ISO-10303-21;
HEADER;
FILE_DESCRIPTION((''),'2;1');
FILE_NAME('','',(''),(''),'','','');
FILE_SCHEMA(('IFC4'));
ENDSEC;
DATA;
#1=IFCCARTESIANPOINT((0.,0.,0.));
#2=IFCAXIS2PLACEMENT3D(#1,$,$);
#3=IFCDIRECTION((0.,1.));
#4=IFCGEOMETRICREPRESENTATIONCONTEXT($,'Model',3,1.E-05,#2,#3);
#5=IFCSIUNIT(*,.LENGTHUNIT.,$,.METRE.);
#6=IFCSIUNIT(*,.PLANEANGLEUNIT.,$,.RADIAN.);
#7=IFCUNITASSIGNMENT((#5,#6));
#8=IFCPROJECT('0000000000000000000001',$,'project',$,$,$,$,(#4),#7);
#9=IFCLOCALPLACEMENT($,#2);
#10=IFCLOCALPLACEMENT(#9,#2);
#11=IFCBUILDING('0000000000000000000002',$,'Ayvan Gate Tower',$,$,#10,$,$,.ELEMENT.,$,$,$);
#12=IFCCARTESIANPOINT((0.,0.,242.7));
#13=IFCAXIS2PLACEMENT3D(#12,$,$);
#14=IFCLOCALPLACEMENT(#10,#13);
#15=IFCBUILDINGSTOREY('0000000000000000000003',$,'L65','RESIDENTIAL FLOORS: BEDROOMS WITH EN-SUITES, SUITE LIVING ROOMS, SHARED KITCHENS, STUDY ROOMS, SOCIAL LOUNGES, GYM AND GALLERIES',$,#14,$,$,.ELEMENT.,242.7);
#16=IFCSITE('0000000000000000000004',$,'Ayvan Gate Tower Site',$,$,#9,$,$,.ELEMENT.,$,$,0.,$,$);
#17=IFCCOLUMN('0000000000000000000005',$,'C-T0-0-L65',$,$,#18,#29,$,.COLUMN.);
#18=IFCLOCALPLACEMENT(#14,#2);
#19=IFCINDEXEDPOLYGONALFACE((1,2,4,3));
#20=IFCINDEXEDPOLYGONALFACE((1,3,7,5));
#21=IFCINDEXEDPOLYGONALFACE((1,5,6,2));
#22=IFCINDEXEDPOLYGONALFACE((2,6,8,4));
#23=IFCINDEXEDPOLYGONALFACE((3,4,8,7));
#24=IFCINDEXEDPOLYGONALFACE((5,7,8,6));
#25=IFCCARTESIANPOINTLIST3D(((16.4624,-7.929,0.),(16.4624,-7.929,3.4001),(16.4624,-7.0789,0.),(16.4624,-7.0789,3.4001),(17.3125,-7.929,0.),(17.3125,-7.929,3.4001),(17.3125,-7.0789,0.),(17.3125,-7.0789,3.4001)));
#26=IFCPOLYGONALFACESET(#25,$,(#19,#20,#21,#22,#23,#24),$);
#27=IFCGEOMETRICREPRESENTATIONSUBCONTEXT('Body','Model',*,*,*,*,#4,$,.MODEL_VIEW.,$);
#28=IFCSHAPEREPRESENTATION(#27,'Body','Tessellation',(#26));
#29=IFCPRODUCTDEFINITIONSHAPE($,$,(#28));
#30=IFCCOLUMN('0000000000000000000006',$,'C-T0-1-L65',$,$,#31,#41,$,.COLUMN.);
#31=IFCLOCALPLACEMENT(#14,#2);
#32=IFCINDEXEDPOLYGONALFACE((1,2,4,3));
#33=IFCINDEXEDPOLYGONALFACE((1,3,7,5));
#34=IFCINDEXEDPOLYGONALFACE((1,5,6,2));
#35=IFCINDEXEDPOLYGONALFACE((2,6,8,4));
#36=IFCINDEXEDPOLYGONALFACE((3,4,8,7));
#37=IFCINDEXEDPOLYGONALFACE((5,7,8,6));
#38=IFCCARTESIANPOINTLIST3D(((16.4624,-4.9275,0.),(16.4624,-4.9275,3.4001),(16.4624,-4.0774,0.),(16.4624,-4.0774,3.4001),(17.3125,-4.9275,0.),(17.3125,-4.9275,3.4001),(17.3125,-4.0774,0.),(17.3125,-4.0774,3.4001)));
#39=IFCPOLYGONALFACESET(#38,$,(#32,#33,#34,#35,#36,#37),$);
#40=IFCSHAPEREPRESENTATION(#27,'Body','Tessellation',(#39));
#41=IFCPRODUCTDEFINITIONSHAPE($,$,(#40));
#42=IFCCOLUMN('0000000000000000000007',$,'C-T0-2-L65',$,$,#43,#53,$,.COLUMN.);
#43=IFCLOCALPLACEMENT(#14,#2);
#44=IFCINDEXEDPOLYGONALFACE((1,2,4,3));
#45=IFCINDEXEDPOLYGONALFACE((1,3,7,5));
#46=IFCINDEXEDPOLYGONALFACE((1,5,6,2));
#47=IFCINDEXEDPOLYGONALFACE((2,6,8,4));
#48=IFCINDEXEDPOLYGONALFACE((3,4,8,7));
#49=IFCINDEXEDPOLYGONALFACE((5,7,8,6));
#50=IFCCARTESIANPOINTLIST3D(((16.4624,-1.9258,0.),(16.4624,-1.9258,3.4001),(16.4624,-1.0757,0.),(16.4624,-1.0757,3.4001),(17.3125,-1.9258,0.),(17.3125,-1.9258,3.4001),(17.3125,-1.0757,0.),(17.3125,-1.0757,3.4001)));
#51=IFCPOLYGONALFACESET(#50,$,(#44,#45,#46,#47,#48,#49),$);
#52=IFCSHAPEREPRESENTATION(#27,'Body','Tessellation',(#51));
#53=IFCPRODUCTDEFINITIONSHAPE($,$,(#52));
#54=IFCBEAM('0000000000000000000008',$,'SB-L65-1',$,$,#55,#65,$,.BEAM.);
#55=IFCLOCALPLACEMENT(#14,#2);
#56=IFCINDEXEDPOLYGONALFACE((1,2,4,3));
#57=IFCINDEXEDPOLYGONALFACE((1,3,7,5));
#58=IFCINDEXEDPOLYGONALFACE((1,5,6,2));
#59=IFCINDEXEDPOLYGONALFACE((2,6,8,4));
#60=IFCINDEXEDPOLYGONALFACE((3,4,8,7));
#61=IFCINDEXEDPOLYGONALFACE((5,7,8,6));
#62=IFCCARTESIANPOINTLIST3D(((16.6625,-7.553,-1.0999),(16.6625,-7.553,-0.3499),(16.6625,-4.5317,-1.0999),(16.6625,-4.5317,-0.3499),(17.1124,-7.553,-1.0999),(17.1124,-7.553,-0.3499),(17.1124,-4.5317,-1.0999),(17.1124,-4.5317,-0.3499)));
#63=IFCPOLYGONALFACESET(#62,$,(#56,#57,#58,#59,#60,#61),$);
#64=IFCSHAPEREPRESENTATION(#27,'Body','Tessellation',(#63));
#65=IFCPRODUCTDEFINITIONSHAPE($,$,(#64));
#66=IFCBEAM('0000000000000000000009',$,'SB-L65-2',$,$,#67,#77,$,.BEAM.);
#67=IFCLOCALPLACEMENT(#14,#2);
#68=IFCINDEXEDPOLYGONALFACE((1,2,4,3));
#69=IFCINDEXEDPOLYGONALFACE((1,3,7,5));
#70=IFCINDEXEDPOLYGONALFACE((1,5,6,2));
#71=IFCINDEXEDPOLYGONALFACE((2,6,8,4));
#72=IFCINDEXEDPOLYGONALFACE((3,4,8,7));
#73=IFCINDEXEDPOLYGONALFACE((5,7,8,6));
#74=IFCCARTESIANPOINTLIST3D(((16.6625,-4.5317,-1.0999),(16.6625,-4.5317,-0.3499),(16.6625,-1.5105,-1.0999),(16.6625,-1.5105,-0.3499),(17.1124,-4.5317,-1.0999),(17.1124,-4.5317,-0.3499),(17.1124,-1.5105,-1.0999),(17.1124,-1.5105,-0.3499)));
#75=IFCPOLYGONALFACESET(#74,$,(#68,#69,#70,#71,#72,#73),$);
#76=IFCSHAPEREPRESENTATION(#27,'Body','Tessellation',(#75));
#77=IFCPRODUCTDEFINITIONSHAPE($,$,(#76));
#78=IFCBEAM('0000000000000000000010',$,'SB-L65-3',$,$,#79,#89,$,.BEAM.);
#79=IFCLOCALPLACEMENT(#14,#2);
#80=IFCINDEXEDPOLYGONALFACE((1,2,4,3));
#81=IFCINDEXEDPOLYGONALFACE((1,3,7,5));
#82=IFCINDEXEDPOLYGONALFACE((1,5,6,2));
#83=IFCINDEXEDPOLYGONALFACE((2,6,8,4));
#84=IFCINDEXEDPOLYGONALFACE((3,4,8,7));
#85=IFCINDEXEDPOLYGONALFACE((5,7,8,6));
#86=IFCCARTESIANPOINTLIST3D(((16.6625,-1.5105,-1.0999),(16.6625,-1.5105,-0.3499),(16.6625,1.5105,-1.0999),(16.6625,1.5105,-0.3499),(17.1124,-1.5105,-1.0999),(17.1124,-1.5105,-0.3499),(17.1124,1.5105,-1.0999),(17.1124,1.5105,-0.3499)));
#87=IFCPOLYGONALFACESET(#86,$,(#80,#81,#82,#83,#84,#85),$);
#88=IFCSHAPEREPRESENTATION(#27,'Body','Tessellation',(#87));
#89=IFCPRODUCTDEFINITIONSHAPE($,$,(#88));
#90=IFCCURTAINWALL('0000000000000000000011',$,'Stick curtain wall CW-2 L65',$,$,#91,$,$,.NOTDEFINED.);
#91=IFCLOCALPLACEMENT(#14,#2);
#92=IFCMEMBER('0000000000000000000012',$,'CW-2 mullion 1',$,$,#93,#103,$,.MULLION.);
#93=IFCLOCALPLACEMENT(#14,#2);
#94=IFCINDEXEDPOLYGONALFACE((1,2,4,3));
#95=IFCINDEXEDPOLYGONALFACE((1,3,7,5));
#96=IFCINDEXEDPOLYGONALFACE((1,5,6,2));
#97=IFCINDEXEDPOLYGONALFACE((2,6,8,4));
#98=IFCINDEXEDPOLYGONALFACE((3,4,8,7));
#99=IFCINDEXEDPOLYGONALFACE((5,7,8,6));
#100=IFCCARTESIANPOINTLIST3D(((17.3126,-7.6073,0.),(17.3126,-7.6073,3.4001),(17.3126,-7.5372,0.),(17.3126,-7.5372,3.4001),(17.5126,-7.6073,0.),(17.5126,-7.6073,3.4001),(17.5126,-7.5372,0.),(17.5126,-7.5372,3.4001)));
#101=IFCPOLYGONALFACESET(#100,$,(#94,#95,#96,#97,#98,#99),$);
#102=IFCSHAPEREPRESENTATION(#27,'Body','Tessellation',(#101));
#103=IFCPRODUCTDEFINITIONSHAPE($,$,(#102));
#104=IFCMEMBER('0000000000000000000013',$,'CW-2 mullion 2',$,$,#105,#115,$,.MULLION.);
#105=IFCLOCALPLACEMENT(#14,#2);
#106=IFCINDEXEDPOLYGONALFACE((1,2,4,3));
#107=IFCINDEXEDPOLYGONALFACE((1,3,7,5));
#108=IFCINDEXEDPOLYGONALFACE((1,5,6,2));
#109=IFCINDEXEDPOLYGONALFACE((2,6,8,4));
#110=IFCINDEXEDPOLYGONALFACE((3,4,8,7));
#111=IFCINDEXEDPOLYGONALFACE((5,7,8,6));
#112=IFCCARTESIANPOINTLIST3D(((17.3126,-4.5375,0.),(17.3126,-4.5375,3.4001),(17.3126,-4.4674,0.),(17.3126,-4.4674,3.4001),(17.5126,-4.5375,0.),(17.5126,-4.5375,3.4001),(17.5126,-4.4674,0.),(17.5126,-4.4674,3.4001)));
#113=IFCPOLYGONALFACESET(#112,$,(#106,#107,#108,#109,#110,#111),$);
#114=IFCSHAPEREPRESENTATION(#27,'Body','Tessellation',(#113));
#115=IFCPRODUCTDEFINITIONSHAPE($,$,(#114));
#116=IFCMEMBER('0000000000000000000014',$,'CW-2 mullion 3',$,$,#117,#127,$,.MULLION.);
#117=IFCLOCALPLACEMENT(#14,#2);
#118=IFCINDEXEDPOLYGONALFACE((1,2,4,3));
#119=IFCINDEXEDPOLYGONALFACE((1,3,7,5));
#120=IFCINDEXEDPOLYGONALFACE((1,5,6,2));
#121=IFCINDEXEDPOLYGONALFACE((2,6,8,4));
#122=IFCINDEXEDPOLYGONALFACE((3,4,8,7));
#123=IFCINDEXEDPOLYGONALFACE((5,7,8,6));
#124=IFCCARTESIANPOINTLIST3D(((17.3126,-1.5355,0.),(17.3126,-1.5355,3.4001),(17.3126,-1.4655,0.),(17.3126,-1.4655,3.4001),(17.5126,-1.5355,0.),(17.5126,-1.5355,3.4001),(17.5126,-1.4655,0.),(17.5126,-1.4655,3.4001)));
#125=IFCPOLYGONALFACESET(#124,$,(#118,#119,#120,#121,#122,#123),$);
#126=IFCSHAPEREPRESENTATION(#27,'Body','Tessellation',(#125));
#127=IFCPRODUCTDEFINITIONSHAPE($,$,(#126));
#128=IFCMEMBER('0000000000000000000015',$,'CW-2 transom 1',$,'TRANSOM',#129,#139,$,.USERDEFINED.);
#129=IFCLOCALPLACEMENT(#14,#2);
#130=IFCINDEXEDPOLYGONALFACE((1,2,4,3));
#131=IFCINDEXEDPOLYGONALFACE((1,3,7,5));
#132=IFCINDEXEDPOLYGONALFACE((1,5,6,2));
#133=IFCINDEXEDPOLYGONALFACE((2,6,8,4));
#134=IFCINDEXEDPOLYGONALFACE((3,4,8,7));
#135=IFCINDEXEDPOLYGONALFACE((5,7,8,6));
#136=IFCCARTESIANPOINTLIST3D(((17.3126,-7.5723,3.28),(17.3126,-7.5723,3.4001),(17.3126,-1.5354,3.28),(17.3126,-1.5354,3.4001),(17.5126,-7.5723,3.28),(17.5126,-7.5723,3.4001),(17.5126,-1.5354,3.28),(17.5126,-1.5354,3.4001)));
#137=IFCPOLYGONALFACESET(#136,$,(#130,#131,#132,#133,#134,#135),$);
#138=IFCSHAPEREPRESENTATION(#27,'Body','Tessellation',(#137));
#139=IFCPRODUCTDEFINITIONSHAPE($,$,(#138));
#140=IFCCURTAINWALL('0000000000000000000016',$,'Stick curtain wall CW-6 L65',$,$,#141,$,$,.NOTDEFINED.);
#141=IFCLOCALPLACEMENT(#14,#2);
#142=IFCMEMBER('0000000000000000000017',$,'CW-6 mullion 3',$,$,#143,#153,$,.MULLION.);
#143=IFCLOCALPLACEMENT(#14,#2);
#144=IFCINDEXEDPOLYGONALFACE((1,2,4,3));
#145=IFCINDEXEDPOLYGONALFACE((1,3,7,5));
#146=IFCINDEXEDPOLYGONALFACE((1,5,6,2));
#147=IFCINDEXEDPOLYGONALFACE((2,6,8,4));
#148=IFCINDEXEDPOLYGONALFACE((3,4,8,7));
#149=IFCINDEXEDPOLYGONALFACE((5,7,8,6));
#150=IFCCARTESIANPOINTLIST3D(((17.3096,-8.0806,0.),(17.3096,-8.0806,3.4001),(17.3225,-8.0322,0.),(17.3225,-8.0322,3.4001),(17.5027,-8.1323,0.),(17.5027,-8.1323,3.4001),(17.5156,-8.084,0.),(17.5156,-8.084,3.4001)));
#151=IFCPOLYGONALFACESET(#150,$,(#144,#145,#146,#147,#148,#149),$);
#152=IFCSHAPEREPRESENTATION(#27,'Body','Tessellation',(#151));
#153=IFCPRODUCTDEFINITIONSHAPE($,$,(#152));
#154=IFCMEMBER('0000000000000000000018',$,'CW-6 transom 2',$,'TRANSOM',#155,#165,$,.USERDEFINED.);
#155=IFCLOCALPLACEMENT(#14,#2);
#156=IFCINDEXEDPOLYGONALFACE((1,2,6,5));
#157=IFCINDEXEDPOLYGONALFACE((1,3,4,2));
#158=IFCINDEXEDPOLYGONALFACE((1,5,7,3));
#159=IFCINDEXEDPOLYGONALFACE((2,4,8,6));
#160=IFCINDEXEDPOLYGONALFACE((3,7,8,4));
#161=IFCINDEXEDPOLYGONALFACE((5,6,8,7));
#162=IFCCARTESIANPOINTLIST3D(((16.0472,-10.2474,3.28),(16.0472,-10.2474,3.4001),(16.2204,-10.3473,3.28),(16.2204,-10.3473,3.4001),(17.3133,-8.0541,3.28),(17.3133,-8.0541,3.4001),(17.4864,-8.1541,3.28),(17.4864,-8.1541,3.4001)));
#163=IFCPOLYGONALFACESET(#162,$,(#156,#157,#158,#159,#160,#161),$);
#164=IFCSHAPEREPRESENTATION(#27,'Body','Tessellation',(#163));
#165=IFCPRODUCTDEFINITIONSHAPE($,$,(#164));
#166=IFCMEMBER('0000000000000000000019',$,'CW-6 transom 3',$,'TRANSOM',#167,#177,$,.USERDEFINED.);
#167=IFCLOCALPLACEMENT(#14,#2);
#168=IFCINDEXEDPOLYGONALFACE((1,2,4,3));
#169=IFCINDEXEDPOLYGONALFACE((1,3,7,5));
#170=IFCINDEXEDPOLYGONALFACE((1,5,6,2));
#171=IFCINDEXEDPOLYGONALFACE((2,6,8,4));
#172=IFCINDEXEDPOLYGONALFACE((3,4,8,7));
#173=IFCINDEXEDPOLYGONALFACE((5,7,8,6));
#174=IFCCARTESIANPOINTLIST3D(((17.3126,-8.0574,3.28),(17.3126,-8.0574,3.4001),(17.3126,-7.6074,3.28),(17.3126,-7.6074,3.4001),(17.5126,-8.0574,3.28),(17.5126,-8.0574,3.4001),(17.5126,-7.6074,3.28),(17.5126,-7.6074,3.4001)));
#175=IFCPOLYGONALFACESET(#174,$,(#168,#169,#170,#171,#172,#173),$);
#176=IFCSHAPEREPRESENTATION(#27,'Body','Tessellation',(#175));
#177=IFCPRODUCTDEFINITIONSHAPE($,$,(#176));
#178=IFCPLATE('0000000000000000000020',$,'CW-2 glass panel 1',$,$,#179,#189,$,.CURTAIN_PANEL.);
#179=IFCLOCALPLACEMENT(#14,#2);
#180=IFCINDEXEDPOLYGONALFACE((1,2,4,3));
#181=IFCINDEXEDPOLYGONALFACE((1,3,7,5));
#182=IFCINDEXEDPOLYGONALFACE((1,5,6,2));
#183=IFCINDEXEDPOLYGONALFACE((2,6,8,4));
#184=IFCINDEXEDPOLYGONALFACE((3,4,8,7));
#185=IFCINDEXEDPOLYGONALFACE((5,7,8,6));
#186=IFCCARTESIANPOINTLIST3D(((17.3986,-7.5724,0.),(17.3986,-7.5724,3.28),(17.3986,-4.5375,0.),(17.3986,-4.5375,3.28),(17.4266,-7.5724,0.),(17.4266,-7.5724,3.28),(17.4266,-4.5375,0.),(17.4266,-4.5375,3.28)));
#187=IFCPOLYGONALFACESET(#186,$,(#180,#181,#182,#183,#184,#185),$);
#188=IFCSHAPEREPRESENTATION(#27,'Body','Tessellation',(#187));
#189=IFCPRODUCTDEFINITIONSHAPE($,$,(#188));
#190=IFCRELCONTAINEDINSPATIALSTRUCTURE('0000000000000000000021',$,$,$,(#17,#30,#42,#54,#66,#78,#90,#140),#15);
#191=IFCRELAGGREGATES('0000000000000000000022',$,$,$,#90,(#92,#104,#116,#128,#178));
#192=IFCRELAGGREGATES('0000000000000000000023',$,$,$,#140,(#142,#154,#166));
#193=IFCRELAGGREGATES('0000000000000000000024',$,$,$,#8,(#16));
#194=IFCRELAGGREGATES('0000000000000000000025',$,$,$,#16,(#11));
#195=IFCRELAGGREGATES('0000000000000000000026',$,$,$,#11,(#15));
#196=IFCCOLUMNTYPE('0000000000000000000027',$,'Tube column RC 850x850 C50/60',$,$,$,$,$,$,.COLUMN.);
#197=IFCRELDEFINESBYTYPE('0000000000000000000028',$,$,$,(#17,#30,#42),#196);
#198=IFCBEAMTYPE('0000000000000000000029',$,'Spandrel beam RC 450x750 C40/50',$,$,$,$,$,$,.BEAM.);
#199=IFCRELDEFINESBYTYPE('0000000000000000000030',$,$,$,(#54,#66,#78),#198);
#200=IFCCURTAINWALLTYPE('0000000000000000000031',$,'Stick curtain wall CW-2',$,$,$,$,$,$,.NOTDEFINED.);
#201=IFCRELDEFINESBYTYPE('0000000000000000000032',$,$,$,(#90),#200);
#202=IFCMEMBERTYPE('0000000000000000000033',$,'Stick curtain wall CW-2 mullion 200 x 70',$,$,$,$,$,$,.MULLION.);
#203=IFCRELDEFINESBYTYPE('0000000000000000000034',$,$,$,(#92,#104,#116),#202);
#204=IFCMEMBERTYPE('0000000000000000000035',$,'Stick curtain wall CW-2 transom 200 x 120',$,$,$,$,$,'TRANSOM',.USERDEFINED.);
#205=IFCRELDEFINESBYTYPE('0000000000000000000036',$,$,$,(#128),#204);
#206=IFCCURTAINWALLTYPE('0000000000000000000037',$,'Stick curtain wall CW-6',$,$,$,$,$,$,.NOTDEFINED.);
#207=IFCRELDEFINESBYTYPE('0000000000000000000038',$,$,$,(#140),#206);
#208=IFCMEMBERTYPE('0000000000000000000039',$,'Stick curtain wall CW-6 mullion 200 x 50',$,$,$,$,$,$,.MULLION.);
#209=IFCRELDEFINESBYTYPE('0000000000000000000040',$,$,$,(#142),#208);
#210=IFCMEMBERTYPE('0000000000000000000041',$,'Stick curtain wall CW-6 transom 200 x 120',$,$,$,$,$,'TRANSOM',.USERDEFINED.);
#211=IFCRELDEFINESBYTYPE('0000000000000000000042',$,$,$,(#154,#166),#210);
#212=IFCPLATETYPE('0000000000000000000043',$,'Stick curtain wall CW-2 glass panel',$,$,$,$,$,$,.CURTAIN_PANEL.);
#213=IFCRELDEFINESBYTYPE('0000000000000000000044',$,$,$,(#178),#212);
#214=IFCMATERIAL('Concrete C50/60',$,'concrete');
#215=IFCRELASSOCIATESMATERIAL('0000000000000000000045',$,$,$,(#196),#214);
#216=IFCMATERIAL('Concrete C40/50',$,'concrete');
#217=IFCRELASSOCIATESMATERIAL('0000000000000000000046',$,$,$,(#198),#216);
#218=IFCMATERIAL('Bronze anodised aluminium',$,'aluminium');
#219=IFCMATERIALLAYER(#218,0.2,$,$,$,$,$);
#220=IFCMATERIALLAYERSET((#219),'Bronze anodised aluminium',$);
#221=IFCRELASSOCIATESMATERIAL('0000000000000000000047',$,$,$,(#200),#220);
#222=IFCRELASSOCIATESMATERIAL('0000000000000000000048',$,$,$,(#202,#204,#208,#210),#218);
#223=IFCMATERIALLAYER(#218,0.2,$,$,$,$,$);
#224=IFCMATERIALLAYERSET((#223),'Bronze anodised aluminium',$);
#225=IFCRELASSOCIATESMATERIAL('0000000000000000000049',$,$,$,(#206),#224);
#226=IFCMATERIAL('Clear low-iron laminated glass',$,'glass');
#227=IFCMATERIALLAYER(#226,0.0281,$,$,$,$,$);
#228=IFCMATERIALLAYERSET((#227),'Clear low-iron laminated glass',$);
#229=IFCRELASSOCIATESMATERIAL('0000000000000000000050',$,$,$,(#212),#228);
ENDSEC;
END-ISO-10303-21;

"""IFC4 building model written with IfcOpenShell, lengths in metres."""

from ifc_helpers import new_model, si_unit, direction, frame, origin, origin_2d, place, context, subcontext, project, spatial, rectangle, extrude, material, layer, layer_set, material_profile, profile_set, type_object, element, aggregate, save


model = new_model("IFC4")

# Units and contexts
model_context = context("Model", 3, precision=1e-05, world=origin(), true_north=direction((0.0, 1.0)))
body_context = subcontext(model_context, "Body", "Model", "MODEL_VIEW")
ifc_project = project(units=[si_unit("LENGTHUNIT", "METRE"), si_unit("PLANEANGLEUNIT", "RADIAN")], contexts=[model_context])

# Site, building, storey
site_placement = place(None, origin())
site = spatial("IfcSite", under=ifc_project, at=site_placement, Name="Ayvan Gate Tower Site", CompositionType="ELEMENT", RefElevation=0.0)
building_placement = place(site_placement, origin())
building = spatial("IfcBuilding", under=site, at=building_placement, Name="Ayvan Gate Tower", CompositionType="ELEMENT")
storey_placement = place(building_placement, frame((0.0, 0.0, 242.7)))
storey = spatial("IfcBuildingStorey", under=building, at=storey_placement, Name="L65", Description="RESIDENTIAL FLOORS: BEDROOMS WITH EN-SUITES, SUITE LIVING ROOMS, SHARED KITCHENS, STUDY ROOMS, SOCIAL LOUNGES, GYM AND GALLERIES", CompositionType="ELEMENT", Elevation=242.7)

# Columns
ifc_material_1 = material(Name="Concrete C50/60", Category="concrete")
ifc_material_profile_1 = material_profile(ifc_material_1, rectangle(XDim=0.8501, YDim=0.8501, at=origin_2d()), Name="RC 850x850")
ifc_profile_set_1 = profile_set([ifc_material_profile_1], Name="Concrete C50/60")
column_type = type_object("IfcColumnType", Name="Tube column RC 850x850 C50/60", PredefinedType="COLUMN", material=ifc_profile_set_1)
for number, where, z_axis, x_axis, name in (
    (1, (16.8875, -7.5039, 0.0), (0.0, 0.0, 1.0), (1.0, 0.0, 0.0), "C-T0-0-L65"),
    (2, (16.8875, -4.5024, 0.0), (0.0, 0.0, 1.0), (1.0, 0.0, 0.0), "C-T0-1-L65"),
    (3, (16.8875, -1.5007, 0.0), (0.0, 0.0, 1.0), (1.0, 0.0, 0.0), "C-T0-2-L65"),
):
    element("IfcColumn", number, at=place(storey_placement, frame(where, z_axis=z_axis, x_axis=x_axis)), inside=storey, type_object=column_type, Name=name, PredefinedType="COLUMN", context=body_context, shape_type="SweptSolid", body=[
        extrude(rectangle(XDim=0.8501, YDim=0.8501, at=origin_2d()), origin(), (0.0, 0.0, 1.0), 3.4001),
    ])

# Beams
ifc_material_2 = material(Name="Concrete C40/50", Category="concrete")
ifc_material_profile_2 = material_profile(ifc_material_2, rectangle(XDim=0.45, YDim=0.75, at=origin_2d()), Name="RC 450x750")
ifc_profile_set_2 = profile_set([ifc_material_profile_2], Name="Concrete C40/50")
beam_type = type_object("IfcBeamType", Name="Spandrel beam RC 450x750 C40/50", PredefinedType="BEAM", material=ifc_profile_set_2)
for number, where, z_axis, x_axis, name in (
    (4, (16.8875, -7.553, -0.7249), (0.0, 1.0, 0.0), (-1.0, 0.0, 0.0), "SB-L65-1"),
    (5, (16.8875, -4.5317, -0.7249), (0.0, 1.0, 0.0), (-1.0, 0.0, 0.0), "SB-L65-2"),
):
    element("IfcBeam", number, at=place(storey_placement, frame(where, z_axis=z_axis, x_axis=x_axis)), inside=storey, type_object=beam_type, Name=name, PredefinedType="BEAM", context=body_context, shape_type="SweptSolid", body=[
        extrude(rectangle(XDim=0.45, YDim=0.75, at=origin_2d()), origin(), (0.0, 0.0, 1.0), 3.0212),
    ])
beam_placement = place(storey_placement, frame((16.8875, -1.5105, -0.7249), z_axis=(0.0, 1.0, 0.0), x_axis=(-1.0, 0.0, 0.0)))
element("IfcBeam", 6, at=beam_placement, inside=storey, type_object=beam_type, Name="SB-L65-3", PredefinedType="BEAM", context=body_context, shape_type="SweptSolid", body=[
    extrude(rectangle(XDim=0.45, YDim=0.75, at=origin_2d()), origin(), (0.0, 0.0, 1.0), 3.021),
])

# Curtain walls, members
ifc_material_3 = material(Name="Bronze anodised aluminium", Category="aluminium")
ifc_layer_1 = layer(ifc_material_3, 0.2)
ifc_layer_set_1 = layer_set([ifc_layer_1], Name="Bronze anodised aluminium")
curtain_wall_type_1 = type_object("IfcCurtainWallType", Name="Stick curtain wall CW-2", PredefinedType="NOTDEFINED", material=ifc_layer_set_1)
curtain_wall_1_placement = place(storey_placement, origin())
curtain_wall_1 = element("IfcCurtainWall", 7, at=curtain_wall_1_placement, inside=storey, type_object=curtain_wall_type_1, Name="Stick curtain wall CW-2 L65", PredefinedType="NOTDEFINED")
ifc_material_profile_3 = material_profile(ifc_material_3, rectangle(XDim=0.2, YDim=0.0701, at=origin_2d()), Name="Stick curtain wall CW-2 mullion 200 x 70")
ifc_profile_set_3 = profile_set([ifc_material_profile_3], Name="Bronze anodised aluminium")
member_type_1 = type_object("IfcMemberType", Name="Stick curtain wall CW-2 mullion 200 x 70", PredefinedType="MULLION", material=ifc_profile_set_3)
member_1_placement = place(storey_placement, frame((17.4126, -7.5723, 0.0), z_axis=(0.0, 0.0, 1.0), x_axis=(1.0, 0.0, 0.0)))
member_1 = element("IfcMember", 8, at=member_1_placement, type_object=member_type_1, Name="CW-2 mullion 1", PredefinedType="MULLION", context=body_context, shape_type="SweptSolid", body=[
    extrude(rectangle(XDim=0.2, YDim=0.0701, at=origin_2d()), origin(), (0.0, 0.0, 1.0), 3.4001),
])
member_2_placement = place(storey_placement, frame((17.4126, -4.5024, 0.0), z_axis=(0.0, 0.0, 1.0), x_axis=(1.0, 0.0, 0.0)))
member_2 = element("IfcMember", 9, at=member_2_placement, type_object=member_type_1, Name="CW-2 mullion 2", PredefinedType="MULLION", context=body_context, shape_type="SweptSolid", body=[
    extrude(rectangle(XDim=0.2, YDim=0.0701, at=origin_2d()), origin(), (0.0, 0.0, 1.0), 3.4001),
])
member_3_placement = place(storey_placement, frame((17.4126, -1.5005, 0.0), z_axis=(0.0, 0.0, 1.0), x_axis=(1.0, 0.0, 0.0)))
member_3 = element("IfcMember", 10, at=member_3_placement, type_object=member_type_1, Name="CW-2 mullion 3", PredefinedType="MULLION", context=body_context, shape_type="SweptSolid", body=[
    extrude(rectangle(XDim=0.2, YDim=0.0701, at=origin_2d()), origin(), (0.0, 0.0, 1.0), 3.4001),
])
ifc_material_profile_4 = material_profile(ifc_material_3, rectangle(XDim=0.2, YDim=0.1201, at=origin_2d()), Name="Stick curtain wall CW-2 transom 200 x 120")
ifc_profile_set_4 = profile_set([ifc_material_profile_4], Name="Bronze anodised aluminium")
member_type_2 = type_object("IfcMemberType", Name="Stick curtain wall CW-2 transom 200 x 120", ElementType="TRANSOM", PredefinedType="USERDEFINED", material=ifc_profile_set_4)
member_4_placement = place(storey_placement, frame((17.4126, -7.5723, 3.3401), z_axis=(0.0, 1.0, 0.0), x_axis=(-1.0, 0.0, 0.0)))
member_4 = element("IfcMember", 11, at=member_4_placement, type_object=member_type_2, Name="CW-2 transom 1", ObjectType="TRANSOM", PredefinedType="USERDEFINED", context=body_context, shape_type="SweptSolid", body=[
    extrude(rectangle(XDim=0.2, YDim=0.1201, at=origin_2d()), origin(), (0.0, 0.0, 1.0), 6.0369),
])
ifc_layer_2 = layer(ifc_material_3, 0.2)
ifc_layer_set_2 = layer_set([ifc_layer_2], Name="Bronze anodised aluminium")
curtain_wall_type_2 = type_object("IfcCurtainWallType", Name="Stick curtain wall CW-6", PredefinedType="NOTDEFINED", material=ifc_layer_set_2)
curtain_wall_2_placement = place(storey_placement, origin())
curtain_wall_2 = element("IfcCurtainWall", 12, at=curtain_wall_2_placement, inside=storey, type_object=curtain_wall_type_2, Name="Stick curtain wall CW-6 L65", PredefinedType="NOTDEFINED")
ifc_material_profile_5 = material_profile(ifc_material_3, rectangle(XDim=0.2, YDim=0.05, at=origin_2d()), Name="Stick curtain wall CW-6 mullion 200 x 50")
ifc_profile_set_5 = profile_set([ifc_material_profile_5], Name="Bronze anodised aluminium")
member_type_3 = type_object("IfcMemberType", Name="Stick curtain wall CW-6 mullion 200 x 50", PredefinedType="MULLION", material=ifc_profile_set_5)
member_5_placement = place(storey_placement, frame((17.4126, -8.0823, 0.0), z_axis=(0.0, 0.0, 1.0), x_axis=(0.965926, -0.258819, 0.0)))
member_5 = element("IfcMember", 13, at=member_5_placement, type_object=member_type_3, Name="CW-6 mullion 3", PredefinedType="MULLION", context=body_context, shape_type="SweptSolid", body=[
    extrude(rectangle(XDim=0.2, YDim=0.05, at=origin_2d()), origin(), (0.0, 0.0, 1.0), 3.4001),
])
ifc_material_profile_6 = material_profile(ifc_material_3, rectangle(XDim=0.2, YDim=0.1201, at=origin_2d()), Name="Stick curtain wall CW-6 transom 200 x 120")
ifc_profile_set_6 = profile_set([ifc_material_profile_6], Name="Bronze anodised aluminium")
member_type_4 = type_object("IfcMemberType", Name="Stick curtain wall CW-6 transom 200 x 120", ElementType="TRANSOM", PredefinedType="USERDEFINED", material=ifc_profile_set_6)
member_6_placement = place(storey_placement, frame((16.1338, -10.2974, 3.3401), z_axis=(0.499934, 0.866064, 0.0), x_axis=(-0.866064, 0.499934, 0.0)))
member_6 = element("IfcMember", 14, at=member_6_placement, type_object=member_type_4, Name="CW-6 transom 2", ObjectType="TRANSOM", PredefinedType="USERDEFINED", context=body_context, shape_type="SweptSolid", body=[
    extrude(rectangle(XDim=0.2, YDim=0.1201, at=origin_2d()), origin(), (0.0, 0.0, 1.0), 2.5325),
])
member_7_placement = place(storey_placement, frame((17.4126, -8.0574, 3.3401), z_axis=(0.0, 1.0, 0.0), x_axis=(-1.0, 0.0, 0.0)))
member_7 = element("IfcMember", 15, at=member_7_placement, type_object=member_type_4, Name="CW-6 transom 3", ObjectType="TRANSOM", PredefinedType="USERDEFINED", context=body_context, shape_type="SweptSolid", body=[
    extrude(rectangle(XDim=0.2, YDim=0.1201, at=origin_2d()), origin(), (0.0, 0.0, 1.0), 0.45),
])

# Plate
ifc_material_4 = material(Name="Clear low-iron laminated glass", Category="glass")
ifc_layer_3 = layer(ifc_material_4, 0.0281)
ifc_layer_set_3 = layer_set([ifc_layer_3], Name="Clear low-iron laminated glass")
plate_type_1 = type_object("IfcPlateType", Name="Stick curtain wall CW-2 glass panel", PredefinedType="CURTAIN_PANEL", material=ifc_layer_set_3)
plate_1_placement = place(storey_placement, frame((17.4126, -6.0549, 0.0), z_axis=(0.0, 0.0, 1.0), x_axis=(0.0, 1.0, 0.0)))
plate_1 = element("IfcPlate", 16, at=plate_1_placement, type_object=plate_type_1, Name="CW-2 glass panel 1", PredefinedType="CURTAIN_PANEL", context=body_context, shape_type="SweptSolid", body=[
    extrude(rectangle(XDim=3.0349, YDim=0.0281, at=origin_2d()), origin(), (0.0, 0.0, 1.0), 3.28),
])
aggregate(curtain_wall_1, [member_1, member_2, member_3, member_4, plate_1])
aggregate(curtain_wall_2, [member_5, member_6, member_7])

save(model, "model.ifc")
